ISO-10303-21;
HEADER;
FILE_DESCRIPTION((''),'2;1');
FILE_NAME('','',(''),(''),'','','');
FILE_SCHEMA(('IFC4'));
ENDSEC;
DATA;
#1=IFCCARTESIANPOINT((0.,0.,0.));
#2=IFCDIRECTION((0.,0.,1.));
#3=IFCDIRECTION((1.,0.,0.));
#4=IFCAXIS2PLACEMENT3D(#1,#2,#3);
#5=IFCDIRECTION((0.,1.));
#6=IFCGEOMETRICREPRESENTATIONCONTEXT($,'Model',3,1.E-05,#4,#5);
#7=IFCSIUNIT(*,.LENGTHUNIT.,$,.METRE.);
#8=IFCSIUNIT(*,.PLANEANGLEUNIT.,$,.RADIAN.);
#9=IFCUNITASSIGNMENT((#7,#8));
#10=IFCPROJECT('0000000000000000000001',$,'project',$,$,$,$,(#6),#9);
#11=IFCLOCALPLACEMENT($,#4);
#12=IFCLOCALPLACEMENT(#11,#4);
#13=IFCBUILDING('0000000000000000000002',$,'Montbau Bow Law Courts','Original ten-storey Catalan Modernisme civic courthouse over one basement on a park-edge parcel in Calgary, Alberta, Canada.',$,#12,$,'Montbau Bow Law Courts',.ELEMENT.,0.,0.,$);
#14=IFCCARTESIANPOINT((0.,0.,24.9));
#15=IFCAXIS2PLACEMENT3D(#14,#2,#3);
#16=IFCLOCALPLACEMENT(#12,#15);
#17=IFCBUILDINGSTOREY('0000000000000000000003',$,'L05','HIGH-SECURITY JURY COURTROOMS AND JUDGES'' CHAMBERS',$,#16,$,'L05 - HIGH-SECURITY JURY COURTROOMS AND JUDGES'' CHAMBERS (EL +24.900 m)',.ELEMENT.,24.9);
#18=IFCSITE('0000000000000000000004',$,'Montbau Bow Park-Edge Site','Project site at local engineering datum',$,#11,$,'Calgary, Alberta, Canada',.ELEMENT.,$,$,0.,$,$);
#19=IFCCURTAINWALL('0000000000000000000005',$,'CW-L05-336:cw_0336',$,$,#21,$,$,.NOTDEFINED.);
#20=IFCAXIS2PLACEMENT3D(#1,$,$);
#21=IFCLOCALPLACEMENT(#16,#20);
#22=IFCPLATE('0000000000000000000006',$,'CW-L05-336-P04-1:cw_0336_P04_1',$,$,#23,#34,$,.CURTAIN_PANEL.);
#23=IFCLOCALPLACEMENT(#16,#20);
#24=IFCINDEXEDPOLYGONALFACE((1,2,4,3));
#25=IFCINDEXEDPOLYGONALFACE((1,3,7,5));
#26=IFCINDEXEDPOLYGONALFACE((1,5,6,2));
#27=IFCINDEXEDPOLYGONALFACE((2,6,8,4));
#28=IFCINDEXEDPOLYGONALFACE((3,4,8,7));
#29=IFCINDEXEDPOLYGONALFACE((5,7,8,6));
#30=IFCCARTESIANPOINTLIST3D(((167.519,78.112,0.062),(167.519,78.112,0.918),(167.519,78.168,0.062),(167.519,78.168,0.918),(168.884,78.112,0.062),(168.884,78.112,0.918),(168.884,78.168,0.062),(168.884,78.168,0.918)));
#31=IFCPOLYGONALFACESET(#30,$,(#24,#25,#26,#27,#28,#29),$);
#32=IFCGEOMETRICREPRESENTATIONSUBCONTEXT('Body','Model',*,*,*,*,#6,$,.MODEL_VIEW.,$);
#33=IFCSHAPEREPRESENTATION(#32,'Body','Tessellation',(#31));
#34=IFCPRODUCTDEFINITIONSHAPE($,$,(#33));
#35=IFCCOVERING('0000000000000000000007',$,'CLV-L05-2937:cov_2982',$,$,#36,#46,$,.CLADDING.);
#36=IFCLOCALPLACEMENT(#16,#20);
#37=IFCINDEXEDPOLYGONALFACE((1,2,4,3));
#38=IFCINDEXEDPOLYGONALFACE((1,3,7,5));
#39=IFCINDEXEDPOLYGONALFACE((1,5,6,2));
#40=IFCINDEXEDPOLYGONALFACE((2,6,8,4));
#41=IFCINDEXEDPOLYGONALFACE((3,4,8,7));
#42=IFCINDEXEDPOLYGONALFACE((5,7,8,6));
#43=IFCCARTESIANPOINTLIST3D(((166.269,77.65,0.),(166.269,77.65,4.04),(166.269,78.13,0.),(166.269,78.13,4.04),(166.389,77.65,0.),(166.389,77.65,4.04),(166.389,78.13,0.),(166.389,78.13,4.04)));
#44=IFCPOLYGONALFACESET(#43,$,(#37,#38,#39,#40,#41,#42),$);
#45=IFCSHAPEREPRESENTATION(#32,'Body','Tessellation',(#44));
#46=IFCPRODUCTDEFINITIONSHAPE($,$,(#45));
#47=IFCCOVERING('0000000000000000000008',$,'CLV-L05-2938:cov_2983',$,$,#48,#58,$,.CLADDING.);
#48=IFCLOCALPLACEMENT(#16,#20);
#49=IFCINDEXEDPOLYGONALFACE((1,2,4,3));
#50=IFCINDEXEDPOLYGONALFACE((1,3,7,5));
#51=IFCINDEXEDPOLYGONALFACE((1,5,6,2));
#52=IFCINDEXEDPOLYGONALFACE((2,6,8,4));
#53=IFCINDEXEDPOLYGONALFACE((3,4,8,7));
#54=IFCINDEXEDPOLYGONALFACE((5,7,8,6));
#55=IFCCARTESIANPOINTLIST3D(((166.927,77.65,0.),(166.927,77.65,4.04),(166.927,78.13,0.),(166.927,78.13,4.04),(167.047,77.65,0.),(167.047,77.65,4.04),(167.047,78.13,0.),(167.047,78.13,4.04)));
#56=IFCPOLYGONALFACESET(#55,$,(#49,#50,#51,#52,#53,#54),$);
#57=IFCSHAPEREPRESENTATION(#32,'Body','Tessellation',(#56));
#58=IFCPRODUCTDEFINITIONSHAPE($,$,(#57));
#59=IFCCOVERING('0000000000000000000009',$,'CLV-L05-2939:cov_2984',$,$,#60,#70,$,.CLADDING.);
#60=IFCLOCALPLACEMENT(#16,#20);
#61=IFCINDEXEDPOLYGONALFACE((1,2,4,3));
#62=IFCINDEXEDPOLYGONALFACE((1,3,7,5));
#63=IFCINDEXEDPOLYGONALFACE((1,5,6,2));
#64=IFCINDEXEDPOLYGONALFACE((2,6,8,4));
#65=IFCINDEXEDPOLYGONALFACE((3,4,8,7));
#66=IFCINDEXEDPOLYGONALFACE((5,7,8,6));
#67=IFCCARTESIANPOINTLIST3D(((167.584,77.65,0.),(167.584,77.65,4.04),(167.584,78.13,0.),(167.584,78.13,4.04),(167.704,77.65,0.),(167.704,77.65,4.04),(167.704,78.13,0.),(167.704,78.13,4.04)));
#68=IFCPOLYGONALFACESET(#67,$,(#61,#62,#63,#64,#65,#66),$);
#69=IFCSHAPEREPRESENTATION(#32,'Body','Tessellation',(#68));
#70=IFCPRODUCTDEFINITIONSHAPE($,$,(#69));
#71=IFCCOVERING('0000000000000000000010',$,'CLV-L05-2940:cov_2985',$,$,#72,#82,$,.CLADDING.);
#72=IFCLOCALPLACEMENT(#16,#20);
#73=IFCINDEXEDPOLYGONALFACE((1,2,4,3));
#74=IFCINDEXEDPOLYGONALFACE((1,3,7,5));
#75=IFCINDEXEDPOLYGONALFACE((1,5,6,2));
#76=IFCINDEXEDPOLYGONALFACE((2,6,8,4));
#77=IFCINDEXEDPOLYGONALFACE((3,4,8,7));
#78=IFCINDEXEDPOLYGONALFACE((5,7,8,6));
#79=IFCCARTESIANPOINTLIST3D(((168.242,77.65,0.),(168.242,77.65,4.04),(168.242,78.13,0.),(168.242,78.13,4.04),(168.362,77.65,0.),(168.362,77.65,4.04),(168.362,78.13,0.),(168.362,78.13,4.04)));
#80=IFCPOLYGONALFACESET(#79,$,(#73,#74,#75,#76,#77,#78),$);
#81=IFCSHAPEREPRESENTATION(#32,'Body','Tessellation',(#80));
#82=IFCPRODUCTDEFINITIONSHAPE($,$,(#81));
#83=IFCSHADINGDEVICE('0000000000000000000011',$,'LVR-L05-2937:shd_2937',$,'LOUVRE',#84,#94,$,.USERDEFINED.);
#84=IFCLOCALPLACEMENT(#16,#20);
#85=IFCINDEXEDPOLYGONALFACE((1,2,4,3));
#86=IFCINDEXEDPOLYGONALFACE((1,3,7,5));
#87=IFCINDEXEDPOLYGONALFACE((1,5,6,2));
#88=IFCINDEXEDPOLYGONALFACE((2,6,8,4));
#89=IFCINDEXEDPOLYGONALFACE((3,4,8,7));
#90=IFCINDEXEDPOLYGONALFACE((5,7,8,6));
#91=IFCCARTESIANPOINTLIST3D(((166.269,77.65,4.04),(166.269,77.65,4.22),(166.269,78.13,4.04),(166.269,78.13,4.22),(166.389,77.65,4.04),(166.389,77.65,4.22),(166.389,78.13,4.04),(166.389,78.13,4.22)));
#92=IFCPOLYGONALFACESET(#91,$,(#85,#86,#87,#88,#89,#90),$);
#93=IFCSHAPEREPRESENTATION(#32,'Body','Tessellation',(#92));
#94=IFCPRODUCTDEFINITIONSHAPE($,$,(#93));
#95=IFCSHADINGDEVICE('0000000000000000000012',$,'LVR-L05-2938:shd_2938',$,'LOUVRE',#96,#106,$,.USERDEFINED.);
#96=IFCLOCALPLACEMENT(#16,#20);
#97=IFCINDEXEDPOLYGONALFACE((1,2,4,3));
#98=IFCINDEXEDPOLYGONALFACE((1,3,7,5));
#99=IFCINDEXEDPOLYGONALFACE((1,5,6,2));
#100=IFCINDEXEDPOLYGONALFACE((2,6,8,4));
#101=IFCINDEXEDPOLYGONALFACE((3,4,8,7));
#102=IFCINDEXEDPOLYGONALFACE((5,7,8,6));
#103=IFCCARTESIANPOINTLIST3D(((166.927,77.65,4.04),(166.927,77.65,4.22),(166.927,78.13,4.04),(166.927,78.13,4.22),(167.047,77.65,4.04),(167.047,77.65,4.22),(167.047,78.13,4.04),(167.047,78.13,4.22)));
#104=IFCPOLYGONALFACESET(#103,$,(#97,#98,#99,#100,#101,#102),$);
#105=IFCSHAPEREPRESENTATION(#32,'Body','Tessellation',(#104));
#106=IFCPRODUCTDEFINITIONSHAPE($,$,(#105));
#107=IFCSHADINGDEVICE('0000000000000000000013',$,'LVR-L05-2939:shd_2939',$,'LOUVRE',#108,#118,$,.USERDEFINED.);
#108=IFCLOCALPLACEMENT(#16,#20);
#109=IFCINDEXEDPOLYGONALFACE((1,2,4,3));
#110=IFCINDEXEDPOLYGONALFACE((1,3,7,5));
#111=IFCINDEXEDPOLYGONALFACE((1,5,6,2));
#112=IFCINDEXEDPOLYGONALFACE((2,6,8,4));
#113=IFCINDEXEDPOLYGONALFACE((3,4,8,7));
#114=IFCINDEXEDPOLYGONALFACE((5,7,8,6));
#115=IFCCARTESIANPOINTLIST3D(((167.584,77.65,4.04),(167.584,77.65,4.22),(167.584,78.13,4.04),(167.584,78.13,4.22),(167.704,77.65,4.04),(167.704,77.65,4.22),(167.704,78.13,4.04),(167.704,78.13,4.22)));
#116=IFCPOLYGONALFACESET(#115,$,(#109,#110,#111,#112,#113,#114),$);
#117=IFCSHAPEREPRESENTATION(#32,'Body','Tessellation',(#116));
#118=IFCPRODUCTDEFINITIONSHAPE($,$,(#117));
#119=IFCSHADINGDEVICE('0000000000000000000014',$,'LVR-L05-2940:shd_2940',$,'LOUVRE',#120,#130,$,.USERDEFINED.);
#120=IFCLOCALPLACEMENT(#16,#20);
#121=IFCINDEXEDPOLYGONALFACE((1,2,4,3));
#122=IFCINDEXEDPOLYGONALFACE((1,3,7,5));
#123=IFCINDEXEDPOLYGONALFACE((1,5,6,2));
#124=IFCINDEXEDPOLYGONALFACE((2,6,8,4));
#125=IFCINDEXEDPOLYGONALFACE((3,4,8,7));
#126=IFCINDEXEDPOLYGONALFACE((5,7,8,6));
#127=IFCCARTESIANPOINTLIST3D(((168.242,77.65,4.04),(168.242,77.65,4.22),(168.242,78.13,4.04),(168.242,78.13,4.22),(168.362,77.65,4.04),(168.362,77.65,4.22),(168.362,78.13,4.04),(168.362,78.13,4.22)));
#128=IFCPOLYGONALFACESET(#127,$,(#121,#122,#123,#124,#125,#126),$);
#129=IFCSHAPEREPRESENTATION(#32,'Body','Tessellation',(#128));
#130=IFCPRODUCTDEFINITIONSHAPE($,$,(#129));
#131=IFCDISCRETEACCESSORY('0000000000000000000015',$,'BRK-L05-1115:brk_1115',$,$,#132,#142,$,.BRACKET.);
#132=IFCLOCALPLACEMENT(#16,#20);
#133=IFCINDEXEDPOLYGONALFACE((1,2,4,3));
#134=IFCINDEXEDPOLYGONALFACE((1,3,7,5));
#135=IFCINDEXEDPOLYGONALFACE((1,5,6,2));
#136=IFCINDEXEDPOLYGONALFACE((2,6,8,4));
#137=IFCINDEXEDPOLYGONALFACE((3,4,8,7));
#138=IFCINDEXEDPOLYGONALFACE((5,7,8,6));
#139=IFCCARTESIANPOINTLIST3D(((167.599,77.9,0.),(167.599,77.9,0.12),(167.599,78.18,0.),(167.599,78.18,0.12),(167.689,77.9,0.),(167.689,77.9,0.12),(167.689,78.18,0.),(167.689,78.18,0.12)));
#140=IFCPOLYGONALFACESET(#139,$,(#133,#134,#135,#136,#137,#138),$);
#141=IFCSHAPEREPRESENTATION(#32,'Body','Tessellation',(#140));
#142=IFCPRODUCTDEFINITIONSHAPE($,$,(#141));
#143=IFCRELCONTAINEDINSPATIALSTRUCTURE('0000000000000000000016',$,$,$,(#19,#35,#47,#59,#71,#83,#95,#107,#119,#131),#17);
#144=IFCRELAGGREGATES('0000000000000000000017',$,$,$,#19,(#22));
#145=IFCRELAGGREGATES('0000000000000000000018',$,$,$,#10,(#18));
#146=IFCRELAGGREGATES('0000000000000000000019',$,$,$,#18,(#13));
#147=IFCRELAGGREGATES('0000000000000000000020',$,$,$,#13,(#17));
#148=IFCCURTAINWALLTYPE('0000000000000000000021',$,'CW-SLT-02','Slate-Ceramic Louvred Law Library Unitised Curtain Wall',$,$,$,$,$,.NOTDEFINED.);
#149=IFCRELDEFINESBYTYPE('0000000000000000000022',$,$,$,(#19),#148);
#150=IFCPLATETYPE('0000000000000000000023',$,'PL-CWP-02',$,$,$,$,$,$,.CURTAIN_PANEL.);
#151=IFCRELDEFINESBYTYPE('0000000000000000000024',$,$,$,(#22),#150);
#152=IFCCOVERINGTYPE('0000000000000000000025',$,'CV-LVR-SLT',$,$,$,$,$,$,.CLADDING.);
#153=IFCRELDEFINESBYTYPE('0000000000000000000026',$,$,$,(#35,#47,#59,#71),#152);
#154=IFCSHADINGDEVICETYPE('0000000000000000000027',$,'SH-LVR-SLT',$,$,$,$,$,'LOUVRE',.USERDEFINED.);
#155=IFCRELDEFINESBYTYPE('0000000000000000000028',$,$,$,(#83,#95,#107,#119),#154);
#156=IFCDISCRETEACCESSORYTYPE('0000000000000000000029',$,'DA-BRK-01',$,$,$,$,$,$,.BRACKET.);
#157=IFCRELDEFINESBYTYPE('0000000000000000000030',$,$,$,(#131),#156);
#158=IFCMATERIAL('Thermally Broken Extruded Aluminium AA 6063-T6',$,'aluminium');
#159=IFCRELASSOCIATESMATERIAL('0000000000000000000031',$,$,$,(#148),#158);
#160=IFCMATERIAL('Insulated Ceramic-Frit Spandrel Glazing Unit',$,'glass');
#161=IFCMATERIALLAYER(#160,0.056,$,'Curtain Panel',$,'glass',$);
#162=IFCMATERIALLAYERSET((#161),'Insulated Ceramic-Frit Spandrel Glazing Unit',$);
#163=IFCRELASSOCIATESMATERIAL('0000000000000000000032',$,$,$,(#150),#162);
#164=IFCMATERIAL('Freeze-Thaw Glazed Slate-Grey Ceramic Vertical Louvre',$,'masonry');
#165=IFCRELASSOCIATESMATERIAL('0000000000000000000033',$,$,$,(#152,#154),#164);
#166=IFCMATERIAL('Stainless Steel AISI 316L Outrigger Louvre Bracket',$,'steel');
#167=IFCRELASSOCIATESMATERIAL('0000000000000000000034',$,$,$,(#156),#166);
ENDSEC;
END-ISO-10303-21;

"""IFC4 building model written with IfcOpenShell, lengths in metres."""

from ifc_helpers import new_model, si_unit, direction, frame, frame_2d, origin_with_axes, origin_2d_with_axis, place, context, subcontext, project, spatial, rectangle, extrude, material, layer, layer_set, type_object, element, aggregate, save


model = new_model("IFC4")

# Units and contexts
model_context = context("Model", 3, precision=1e-05, world=origin_with_axes(), true_north=direction((0.0, 1.0)))
body_context = subcontext(model_context, "Body", "Model", "MODEL_VIEW")
ifc_project = project(units=[si_unit("LENGTHUNIT", "METRE"), si_unit("PLANEANGLEUNIT", "RADIAN")], contexts=[model_context])

# Site, building, storey
site_placement = place(None, origin_with_axes())
site = spatial("IfcSite", under=ifc_project, at=site_placement, Name="Montbau Bow Park-Edge Site", Description="Project site at local engineering datum", LongName="Calgary, Alberta, Canada", CompositionType="ELEMENT", RefElevation=0.0)
building_placement = place(site_placement, origin_with_axes())
building = spatial("IfcBuilding", under=site, at=building_placement, Name="Montbau Bow Law Courts", Description="Original ten-storey Catalan Modernisme civic courthouse over one basement on a park-edge parcel in Calgary, Alberta, Canada.", LongName="Montbau Bow Law Courts", CompositionType="ELEMENT", ElevationOfRefHeight=0.0, ElevationOfTerrain=0.0)
storey_placement = place(building_placement, frame((0.0, 0.0, 24.9), z_axis=(0.0, 0.0, 1.0), x_axis=(1.0, 0.0, 0.0)))
storey = spatial("IfcBuildingStorey", under=building, at=storey_placement, Name="L05", Description="HIGH-SECURITY JURY COURTROOMS AND JUDGES' CHAMBERS", LongName="L05 - HIGH-SECURITY JURY COURTROOMS AND JUDGES' CHAMBERS (EL +24.900 m)", CompositionType="ELEMENT", Elevation=24.9)

# Curtain wall, plate
ifc_material_1 = material(Name="Thermally Broken Extruded Aluminium AA 6063-T6", Category="aluminium")
curtain_wall_type = type_object("IfcCurtainWallType", Name="CW-SLT-02", Description="Slate-Ceramic Louvred Law Library Unitised Curtain Wall", PredefinedType="NOTDEFINED", material=ifc_material_1)
curtain_wall_placement = place(None, frame((163.04, 78.14, 24.9), z_axis=(0.0, 0.0, 1.0), x_axis=(1.0, 0.0, 0.0)))
curtain_wall = element("IfcCurtainWall", 1, at=curtain_wall_placement, inside=storey, type_object=curtain_wall_type, Name="CW-L05-336:cw_0336", PredefinedType="NOTDEFINED")
ifc_material_2 = material(Name="Insulated Ceramic-Frit Spandrel Glazing Unit", Category="glass")
ifc_layer_1 = layer(ifc_material_2, 0.056, Name="Curtain Panel", Category="glass")
ifc_layer_set_1 = layer_set([ifc_layer_1], Name="Insulated Ceramic-Frit Spandrel Glazing Unit")
plate_type_1 = type_object("IfcPlateType", Name="PL-CWP-02", PredefinedType="CURTAIN_PANEL", material=ifc_layer_set_1)
plate_1_placement = place(None, frame((167.519, 78.14, 24.962), z_axis=(0.0, -1.0, 0.0), x_axis=(1.0, 0.0, 0.0)))
plate_1 = element("IfcPlate", 2, at=plate_1_placement, type_object=plate_type_1, Name="CW-L05-336-P04-1:cw_0336_P04_1", PredefinedType="CURTAIN_PANEL", context=body_context, shape_type="SweptSolid", body=[
    extrude(rectangle(XDim=1.365, YDim=0.856, at=frame_2d((0.6825, 0.428), x_axis=(1.0, 0.0))), frame((0.0, 0.0, -0.028), z_axis=(0.0, 0.0, 1.0), x_axis=(1.0, 0.0, 0.0)), (0.0, 0.0, 1.0), 0.056),
])
aggregate(curtain_wall, [plate_1])

# Coverings
ifc_material_3 = material(Name="Freeze-Thaw Glazed Slate-Grey Ceramic Vertical Louvre", Category="masonry")
covering_type = type_object("IfcCoveringType", Name="CV-LVR-SLT", PredefinedType="CLADDING", material=ifc_material_3)
for number, where, z_axis, x_axis, name in (
    (3, (166.329, 78.13, 24.9), (-1.0, 0.0, 0.0), (0.0, -1.0, 0.0), "CLV-L05-2937:cov_2982"),
    (4, (166.987, 78.13, 24.9), (-1.0, 0.0, 0.0), (0.0, -1.0, 0.0), "CLV-L05-2938:cov_2983"),
    (5, (167.644, 78.13, 24.9), (-1.0, 0.0, 0.0), (0.0, -1.0, 0.0), "CLV-L05-2939:cov_2984"),
    (6, (168.302, 78.13, 24.9), (-1.0, 0.0, 0.0), (0.0, -1.0, 0.0), "CLV-L05-2940:cov_2985"),
):
    element("IfcCovering", number, at=place(None, frame(where, z_axis=z_axis, x_axis=x_axis)), inside=storey, type_object=covering_type, Name=name, PredefinedType="CLADDING", context=body_context, shape_type="SweptSolid", body=[
        extrude(rectangle(XDim=0.48, YDim=4.04, at=frame_2d((0.24, 2.02), x_axis=(1.0, 0.0))), frame((0.0, 0.0, -0.06), z_axis=(0.0, 0.0, 1.0), x_axis=(1.0, 0.0, 0.0)), (0.0, 0.0, 1.0), 0.12),
    ])

# Shading devices
shading_device_type = type_object("IfcShadingDeviceType", Name="SH-LVR-SLT", ElementType="LOUVRE", PredefinedType="USERDEFINED", material=ifc_material_3)
for number, where, z_axis, x_axis, name in (
    (7, (166.329, 77.89, 28.94), (0.0, 0.0, 1.0), (0.0, -1.0, 0.0), "LVR-L05-2937:shd_2937"),
    (8, (166.987, 77.89, 28.94), (0.0, 0.0, 1.0), (0.0, -1.0, 0.0), "LVR-L05-2938:shd_2938"),
    (9, (167.644, 77.89, 28.94), (0.0, 0.0, 1.0), (0.0, -1.0, 0.0), "LVR-L05-2939:shd_2939"),
    (10, (168.302, 77.89, 28.94), (0.0, 0.0, 1.0), (0.0, -1.0, 0.0), "LVR-L05-2940:shd_2940"),
):
    element("IfcShadingDevice", number, at=place(None, frame(where, z_axis=z_axis, x_axis=x_axis)), inside=storey, type_object=shading_device_type, Name=name, ObjectType="LOUVRE", PredefinedType="USERDEFINED", context=body_context, shape_type="SweptSolid", body=[
        extrude(rectangle(XDim=0.48, YDim=0.12, at=origin_2d_with_axis()), origin_with_axes(), (0.0, 0.0, 1.0), 0.18),
    ])

# Discrete accessory
ifc_material_4 = material(Name="Stainless Steel AISI 316L Outrigger Louvre Bracket", Category="steel")
discrete_accessory_type = type_object("IfcDiscreteAccessoryType", Name="DA-BRK-01", PredefinedType="BRACKET", material=ifc_material_4)
discrete_accessory_placement = place(None, frame((167.644, 78.04, 24.9), z_axis=(0.0, 0.0, 1.0), x_axis=(0.0, -1.0, 0.0)))
element("IfcDiscreteAccessory", 11, at=discrete_accessory_placement, inside=storey, type_object=discrete_accessory_type, Name="BRK-L05-1115:brk_1115", PredefinedType="BRACKET", context=body_context, shape_type="SweptSolid", body=[
    extrude(rectangle(XDim=0.28, YDim=0.09, at=origin_2d_with_axis()), origin_with_axes(), (0.0, 0.0, 1.0), 0.12),
])

save(model, "model.ifc")
